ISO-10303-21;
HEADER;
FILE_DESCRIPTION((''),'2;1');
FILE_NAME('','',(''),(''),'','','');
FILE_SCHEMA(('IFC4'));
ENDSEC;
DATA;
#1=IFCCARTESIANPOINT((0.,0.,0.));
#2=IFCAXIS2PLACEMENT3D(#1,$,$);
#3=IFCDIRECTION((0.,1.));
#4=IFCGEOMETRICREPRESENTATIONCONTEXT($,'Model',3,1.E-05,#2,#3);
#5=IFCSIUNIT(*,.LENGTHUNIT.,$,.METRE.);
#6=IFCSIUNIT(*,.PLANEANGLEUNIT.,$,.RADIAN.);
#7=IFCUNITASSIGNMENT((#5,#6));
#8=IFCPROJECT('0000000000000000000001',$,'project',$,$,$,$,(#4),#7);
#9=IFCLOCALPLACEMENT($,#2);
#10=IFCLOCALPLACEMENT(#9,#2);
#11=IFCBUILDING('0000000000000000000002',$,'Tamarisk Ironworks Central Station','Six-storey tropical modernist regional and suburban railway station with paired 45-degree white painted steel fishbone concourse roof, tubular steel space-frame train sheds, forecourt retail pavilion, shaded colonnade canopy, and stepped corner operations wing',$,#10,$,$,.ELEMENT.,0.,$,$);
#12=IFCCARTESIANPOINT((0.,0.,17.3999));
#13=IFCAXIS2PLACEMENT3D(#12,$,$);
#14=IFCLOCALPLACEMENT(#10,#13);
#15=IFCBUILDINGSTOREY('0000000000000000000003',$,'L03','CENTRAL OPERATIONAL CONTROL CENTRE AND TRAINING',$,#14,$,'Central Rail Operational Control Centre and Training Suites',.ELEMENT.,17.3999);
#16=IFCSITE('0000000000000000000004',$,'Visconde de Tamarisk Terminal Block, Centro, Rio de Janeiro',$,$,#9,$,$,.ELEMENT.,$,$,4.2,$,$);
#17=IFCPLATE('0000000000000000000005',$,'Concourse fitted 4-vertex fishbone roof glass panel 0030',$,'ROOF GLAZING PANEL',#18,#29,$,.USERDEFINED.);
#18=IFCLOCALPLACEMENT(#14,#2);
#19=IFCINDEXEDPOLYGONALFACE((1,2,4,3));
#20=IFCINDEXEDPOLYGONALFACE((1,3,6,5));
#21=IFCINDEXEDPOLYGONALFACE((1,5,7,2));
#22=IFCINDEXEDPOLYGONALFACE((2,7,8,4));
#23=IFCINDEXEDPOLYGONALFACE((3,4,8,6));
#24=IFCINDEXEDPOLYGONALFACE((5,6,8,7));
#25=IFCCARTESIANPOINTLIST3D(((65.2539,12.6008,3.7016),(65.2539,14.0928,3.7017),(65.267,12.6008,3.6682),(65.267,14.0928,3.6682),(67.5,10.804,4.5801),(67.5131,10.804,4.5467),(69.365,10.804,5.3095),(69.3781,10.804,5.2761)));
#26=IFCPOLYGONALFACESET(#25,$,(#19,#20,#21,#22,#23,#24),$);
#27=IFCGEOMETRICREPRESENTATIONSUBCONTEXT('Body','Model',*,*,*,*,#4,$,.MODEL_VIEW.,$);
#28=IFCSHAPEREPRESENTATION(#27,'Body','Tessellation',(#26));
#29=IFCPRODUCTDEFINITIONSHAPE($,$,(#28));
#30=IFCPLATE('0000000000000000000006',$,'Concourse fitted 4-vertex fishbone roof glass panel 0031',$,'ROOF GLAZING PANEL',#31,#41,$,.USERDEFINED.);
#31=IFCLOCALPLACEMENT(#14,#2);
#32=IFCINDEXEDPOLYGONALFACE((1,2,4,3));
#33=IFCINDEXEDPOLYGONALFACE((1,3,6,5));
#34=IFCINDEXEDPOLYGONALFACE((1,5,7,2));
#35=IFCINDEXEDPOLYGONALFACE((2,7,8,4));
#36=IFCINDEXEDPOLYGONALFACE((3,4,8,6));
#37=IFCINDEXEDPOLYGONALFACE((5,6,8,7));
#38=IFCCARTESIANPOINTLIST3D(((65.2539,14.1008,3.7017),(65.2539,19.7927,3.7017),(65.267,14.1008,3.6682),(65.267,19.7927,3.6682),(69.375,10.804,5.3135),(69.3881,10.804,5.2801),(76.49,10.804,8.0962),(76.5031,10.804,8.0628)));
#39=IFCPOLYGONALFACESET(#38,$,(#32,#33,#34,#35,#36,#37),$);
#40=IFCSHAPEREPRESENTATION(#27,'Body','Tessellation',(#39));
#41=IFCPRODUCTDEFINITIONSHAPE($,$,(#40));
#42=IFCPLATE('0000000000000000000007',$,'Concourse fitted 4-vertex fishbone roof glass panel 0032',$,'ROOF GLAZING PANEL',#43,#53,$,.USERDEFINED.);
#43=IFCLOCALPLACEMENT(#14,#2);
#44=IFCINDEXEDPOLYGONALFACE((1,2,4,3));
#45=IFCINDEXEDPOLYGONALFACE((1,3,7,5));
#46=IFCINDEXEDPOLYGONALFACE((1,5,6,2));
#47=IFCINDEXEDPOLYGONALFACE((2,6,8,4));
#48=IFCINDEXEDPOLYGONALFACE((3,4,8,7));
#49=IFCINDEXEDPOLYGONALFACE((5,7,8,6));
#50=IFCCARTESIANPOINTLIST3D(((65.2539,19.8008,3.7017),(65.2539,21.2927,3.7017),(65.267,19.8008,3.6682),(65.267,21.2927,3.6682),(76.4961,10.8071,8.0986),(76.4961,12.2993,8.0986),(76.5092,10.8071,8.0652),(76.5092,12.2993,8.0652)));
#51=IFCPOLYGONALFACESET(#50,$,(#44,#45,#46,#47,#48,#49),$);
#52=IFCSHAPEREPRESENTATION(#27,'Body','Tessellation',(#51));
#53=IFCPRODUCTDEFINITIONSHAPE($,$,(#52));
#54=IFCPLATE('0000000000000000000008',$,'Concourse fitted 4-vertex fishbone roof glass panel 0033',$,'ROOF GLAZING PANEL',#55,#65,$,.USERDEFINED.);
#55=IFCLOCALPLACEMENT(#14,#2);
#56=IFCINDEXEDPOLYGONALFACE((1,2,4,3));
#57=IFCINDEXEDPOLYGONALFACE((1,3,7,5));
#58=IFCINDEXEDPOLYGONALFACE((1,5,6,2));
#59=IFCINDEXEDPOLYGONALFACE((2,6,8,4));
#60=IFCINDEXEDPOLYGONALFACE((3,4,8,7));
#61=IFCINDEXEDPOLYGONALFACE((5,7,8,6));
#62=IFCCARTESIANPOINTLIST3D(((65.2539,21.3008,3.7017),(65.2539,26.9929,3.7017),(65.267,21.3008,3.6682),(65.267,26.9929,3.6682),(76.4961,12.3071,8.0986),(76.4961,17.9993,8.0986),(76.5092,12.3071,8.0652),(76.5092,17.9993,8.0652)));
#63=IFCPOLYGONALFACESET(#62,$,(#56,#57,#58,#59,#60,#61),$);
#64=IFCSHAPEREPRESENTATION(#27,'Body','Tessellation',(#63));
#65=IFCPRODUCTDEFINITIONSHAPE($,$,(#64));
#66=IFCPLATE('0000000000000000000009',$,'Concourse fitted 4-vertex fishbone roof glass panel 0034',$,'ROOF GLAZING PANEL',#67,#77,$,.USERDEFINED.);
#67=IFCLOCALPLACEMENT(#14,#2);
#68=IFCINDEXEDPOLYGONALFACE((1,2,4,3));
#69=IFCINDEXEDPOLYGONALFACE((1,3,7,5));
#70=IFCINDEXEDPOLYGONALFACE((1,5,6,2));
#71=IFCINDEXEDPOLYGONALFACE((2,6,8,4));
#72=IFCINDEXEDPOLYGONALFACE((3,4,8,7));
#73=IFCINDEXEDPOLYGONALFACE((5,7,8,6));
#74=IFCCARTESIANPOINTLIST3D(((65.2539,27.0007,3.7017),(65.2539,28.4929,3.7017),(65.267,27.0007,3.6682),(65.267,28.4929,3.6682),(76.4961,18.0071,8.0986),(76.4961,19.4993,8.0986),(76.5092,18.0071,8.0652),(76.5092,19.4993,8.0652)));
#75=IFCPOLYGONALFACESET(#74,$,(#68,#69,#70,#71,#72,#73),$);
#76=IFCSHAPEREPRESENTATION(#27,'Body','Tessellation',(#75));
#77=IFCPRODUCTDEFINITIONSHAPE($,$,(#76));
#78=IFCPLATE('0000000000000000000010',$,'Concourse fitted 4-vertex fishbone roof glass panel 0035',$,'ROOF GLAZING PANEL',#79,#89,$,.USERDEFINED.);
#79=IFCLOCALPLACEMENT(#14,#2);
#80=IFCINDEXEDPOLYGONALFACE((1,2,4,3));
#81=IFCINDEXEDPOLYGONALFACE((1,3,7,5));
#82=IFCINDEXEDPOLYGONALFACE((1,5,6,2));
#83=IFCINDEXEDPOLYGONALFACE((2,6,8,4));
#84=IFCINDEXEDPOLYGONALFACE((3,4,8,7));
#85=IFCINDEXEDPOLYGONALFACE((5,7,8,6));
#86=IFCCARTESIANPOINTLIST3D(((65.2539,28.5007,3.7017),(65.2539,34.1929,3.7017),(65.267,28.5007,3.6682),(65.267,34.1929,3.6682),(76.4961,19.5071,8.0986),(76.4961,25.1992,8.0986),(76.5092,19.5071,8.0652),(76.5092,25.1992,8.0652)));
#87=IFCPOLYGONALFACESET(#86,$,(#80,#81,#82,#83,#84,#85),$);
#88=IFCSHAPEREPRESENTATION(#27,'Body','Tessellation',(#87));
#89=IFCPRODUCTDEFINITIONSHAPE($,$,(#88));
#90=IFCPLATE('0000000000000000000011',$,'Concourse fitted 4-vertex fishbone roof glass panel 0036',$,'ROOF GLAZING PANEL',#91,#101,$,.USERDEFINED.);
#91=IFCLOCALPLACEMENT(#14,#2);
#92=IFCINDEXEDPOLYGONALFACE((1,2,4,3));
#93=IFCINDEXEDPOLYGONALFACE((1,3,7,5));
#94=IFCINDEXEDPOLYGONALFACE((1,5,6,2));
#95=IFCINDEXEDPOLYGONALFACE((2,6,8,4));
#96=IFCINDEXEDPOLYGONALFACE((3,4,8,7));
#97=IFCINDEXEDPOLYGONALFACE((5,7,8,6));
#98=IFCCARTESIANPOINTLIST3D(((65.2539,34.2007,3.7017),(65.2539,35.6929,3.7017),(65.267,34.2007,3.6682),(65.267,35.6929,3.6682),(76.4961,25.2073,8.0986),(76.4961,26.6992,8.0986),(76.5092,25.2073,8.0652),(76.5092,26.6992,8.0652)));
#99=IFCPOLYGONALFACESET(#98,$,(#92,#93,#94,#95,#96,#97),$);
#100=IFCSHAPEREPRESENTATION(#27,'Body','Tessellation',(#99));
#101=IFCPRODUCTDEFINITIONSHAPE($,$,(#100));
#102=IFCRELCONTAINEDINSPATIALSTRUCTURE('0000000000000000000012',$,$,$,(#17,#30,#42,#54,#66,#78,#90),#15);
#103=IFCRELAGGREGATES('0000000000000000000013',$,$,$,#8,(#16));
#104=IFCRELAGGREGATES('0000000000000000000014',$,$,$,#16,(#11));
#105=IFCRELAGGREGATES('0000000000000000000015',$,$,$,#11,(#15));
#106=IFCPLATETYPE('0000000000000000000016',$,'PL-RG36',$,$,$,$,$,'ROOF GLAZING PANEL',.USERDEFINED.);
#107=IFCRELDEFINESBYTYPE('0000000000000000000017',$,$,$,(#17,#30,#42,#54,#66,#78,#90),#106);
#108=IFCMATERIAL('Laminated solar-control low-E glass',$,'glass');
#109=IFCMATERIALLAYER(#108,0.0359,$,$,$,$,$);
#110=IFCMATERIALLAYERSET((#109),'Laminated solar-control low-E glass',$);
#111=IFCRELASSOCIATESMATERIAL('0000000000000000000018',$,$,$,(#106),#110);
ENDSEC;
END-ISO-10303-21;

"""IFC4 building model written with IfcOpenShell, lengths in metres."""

from ifc_helpers import new_model, si_unit, direction, frame, origin, place, context, subcontext, project, spatial, polyline, outline, extrude, material, layer, layer_set, type_object, element, save


model = new_model("IFC4")

# Units and contexts
model_context = context("Model", 3, precision=1e-05, world=origin(), true_north=direction((0.0, 1.0)))
body_context = subcontext(model_context, "Body", "Model", "MODEL_VIEW")
ifc_project = project(units=[si_unit("LENGTHUNIT", "METRE"), si_unit("PLANEANGLEUNIT", "RADIAN")], contexts=[model_context])

# Site, building, storey
site_placement = place(None, origin())
site = spatial("IfcSite", under=ifc_project, at=site_placement, Name="Visconde de Tamarisk Terminal Block, Centro, Rio de Janeiro", CompositionType="ELEMENT", RefElevation=4.2)
building_placement = place(site_placement, origin())
building = spatial("IfcBuilding", under=site, at=building_placement, Name="Tamarisk Ironworks Central Station", Description="Six-storey tropical modernist regional and suburban railway station with paired 45-degree white painted steel fishbone concourse roof, tubular steel space-frame train sheds, forecourt retail pavilion, shaded colonnade canopy, and stepped corner operations wing", CompositionType="ELEMENT", ElevationOfRefHeight=0.0)
storey_placement = place(building_placement, frame((0.0, 0.0, 17.3999)))
storey = spatial("IfcBuildingStorey", under=building, at=storey_placement, Name="L03", Description="CENTRAL OPERATIONAL CONTROL CENTRE AND TRAINING", LongName="Central Rail Operational Control Centre and Training Suites", CompositionType="ELEMENT", Elevation=17.3999)

# Plates
ifc_material_1 = material(Name="Laminated solar-control low-E glass", Category="glass")
ifc_layer_1 = layer(ifc_material_1, 0.0359)
ifc_layer_set_1 = layer_set([ifc_layer_1], Name="Laminated solar-control low-E glass")
plate_type_1 = type_object("IfcPlateType", Name="PL-RG36", ElementType="ROOF GLAZING PANEL", PredefinedType="USERDEFINED", material=ifc_layer_set_1)
plate_1_placement = place(storey_placement, frame((67.5, 10.804, 4.5801), z_axis=(-0.364257, -0.000026, 0.931298), x_axis=(0.931298, 0.0, 0.364257)))
element("IfcPlate", 1, at=plate_1_placement, inside=storey, type_object=plate_type_1, Name="Concourse fitted 4-vertex fishbone roof glass panel 0030", ObjectType="ROOF GLAZING PANEL", PredefinedType="USERDEFINED", context=body_context, shape_type="SweptSolid", body=[
    extrude(outline(polyline([(0.0, 0.0), (2.0026, 0.0), (-2.4118, 3.2888), (-2.4118, 1.7969), (0.0, 0.0)])), origin(), (0.0, 0.0, -1.0), 0.0359),
])
plate_2_placement = place(storey_placement, frame((69.375, 10.804, 5.3135), z_axis=(-0.364241, 0.000002, 0.931305), x_axis=(0.931305, 0.0, 0.364241)))
element("IfcPlate", 2, at=plate_2_placement, inside=storey, type_object=plate_type_1, Name="Concourse fitted 4-vertex fishbone roof glass panel 0031", ObjectType="ROOF GLAZING PANEL", PredefinedType="USERDEFINED", context=body_context, shape_type="SweptSolid", body=[
    extrude(outline(polyline([(0.0, 0.0), (7.6398, 0.0), (-4.4251, 8.9888), (-4.4251, 3.2969), (0.0, 0.0)])), origin(), (0.0, 0.0, -1.0), 0.0359),
])
plate_3_placement = place(storey_placement, frame((76.4961, 10.8071, 8.0986), z_axis=(-0.364245, 0.0, 0.931303), x_axis=(0.0, 1.0, 0.0)))
element("IfcPlate", 3, at=plate_3_placement, inside=storey, type_object=plate_type_1, Name="Concourse fitted 4-vertex fishbone roof glass panel 0032", ObjectType="ROOF GLAZING PANEL", PredefinedType="USERDEFINED", context=body_context, shape_type="SweptSolid", body=[
    extrude(outline(polyline([(0.0, 0.0), (1.4922, 0.0), (10.4856, 12.0715), (8.9937, 12.0715), (0.0, 0.0)])), origin(), (0.0, 0.0, -1.0), 0.0359),
])
plate_4_placement = place(storey_placement, frame((76.4961, 12.3071, 8.0986), z_axis=(-0.364245, 0.0, 0.931303), x_axis=(0.0, 1.0, 0.0)))
element("IfcPlate", 4, at=plate_4_placement, inside=storey, type_object=plate_type_1, Name="Concourse fitted 4-vertex fishbone roof glass panel 0033", ObjectType="ROOF GLAZING PANEL", PredefinedType="USERDEFINED", context=body_context, shape_type="SweptSolid", body=[
    extrude(outline(polyline([(0.0, 0.0), (5.6921, 0.0), (14.6858, 12.0715), (8.9937, 12.0715), (0.0, 0.0)])), origin(), (0.0, 0.0, -1.0), 0.0359),
])
plate_5_placement = place(storey_placement, frame((76.4961, 18.0071, 8.0986), z_axis=(-0.364245, 0.0, 0.931303), x_axis=(0.0, 1.0, 0.0)))
element("IfcPlate", 5, at=plate_5_placement, inside=storey, type_object=plate_type_1, Name="Concourse fitted 4-vertex fishbone roof glass panel 0034", ObjectType="ROOF GLAZING PANEL", PredefinedType="USERDEFINED", context=body_context, shape_type="SweptSolid", body=[
    extrude(outline(polyline([(0.0, 0.0), (1.4922, 0.0), (10.4858, 12.0715), (8.9937, 12.0715), (0.0, 0.0)])), origin(), (0.0, 0.0, -1.0), 0.0359),
])
plate_6_placement = place(storey_placement, frame((76.4961, 19.5071, 8.0986), z_axis=(-0.364245, 0.0, 0.931303), x_axis=(0.0, 1.0, 0.0)))
element("IfcPlate", 6, at=plate_6_placement, inside=storey, type_object=plate_type_1, Name="Concourse fitted 4-vertex fishbone roof glass panel 0035", ObjectType="ROOF GLAZING PANEL", PredefinedType="USERDEFINED", context=body_context, shape_type="SweptSolid", body=[
    extrude(outline(polyline([(0.0, 0.0), (5.6921, 0.0), (14.6858, 12.0715), (8.9937, 12.0715), (0.0, 0.0)])), origin(), (0.0, 0.0, -1.0), 0.0359),
])
plate_7_placement = place(storey_placement, frame((76.4961, 25.2073, 8.0986), z_axis=(-0.364245, 0.0, 0.931303), x_axis=(0.0, 1.0, 0.0)))
element("IfcPlate", 7, at=plate_7_placement, inside=storey, type_object=plate_type_1, Name="Concourse fitted 4-vertex fishbone roof glass panel 0036", ObjectType="ROOF GLAZING PANEL", PredefinedType="USERDEFINED", context=body_context, shape_type="SweptSolid", body=[
    extrude(outline(polyline([(0.0, 0.0), (1.4919, 0.0), (10.4856, 12.0715), (8.9934, 12.0715), (0.0, 0.0)])), origin(), (0.0, 0.0, -1.0), 0.0359),
])

save(model, "model.ifc")
